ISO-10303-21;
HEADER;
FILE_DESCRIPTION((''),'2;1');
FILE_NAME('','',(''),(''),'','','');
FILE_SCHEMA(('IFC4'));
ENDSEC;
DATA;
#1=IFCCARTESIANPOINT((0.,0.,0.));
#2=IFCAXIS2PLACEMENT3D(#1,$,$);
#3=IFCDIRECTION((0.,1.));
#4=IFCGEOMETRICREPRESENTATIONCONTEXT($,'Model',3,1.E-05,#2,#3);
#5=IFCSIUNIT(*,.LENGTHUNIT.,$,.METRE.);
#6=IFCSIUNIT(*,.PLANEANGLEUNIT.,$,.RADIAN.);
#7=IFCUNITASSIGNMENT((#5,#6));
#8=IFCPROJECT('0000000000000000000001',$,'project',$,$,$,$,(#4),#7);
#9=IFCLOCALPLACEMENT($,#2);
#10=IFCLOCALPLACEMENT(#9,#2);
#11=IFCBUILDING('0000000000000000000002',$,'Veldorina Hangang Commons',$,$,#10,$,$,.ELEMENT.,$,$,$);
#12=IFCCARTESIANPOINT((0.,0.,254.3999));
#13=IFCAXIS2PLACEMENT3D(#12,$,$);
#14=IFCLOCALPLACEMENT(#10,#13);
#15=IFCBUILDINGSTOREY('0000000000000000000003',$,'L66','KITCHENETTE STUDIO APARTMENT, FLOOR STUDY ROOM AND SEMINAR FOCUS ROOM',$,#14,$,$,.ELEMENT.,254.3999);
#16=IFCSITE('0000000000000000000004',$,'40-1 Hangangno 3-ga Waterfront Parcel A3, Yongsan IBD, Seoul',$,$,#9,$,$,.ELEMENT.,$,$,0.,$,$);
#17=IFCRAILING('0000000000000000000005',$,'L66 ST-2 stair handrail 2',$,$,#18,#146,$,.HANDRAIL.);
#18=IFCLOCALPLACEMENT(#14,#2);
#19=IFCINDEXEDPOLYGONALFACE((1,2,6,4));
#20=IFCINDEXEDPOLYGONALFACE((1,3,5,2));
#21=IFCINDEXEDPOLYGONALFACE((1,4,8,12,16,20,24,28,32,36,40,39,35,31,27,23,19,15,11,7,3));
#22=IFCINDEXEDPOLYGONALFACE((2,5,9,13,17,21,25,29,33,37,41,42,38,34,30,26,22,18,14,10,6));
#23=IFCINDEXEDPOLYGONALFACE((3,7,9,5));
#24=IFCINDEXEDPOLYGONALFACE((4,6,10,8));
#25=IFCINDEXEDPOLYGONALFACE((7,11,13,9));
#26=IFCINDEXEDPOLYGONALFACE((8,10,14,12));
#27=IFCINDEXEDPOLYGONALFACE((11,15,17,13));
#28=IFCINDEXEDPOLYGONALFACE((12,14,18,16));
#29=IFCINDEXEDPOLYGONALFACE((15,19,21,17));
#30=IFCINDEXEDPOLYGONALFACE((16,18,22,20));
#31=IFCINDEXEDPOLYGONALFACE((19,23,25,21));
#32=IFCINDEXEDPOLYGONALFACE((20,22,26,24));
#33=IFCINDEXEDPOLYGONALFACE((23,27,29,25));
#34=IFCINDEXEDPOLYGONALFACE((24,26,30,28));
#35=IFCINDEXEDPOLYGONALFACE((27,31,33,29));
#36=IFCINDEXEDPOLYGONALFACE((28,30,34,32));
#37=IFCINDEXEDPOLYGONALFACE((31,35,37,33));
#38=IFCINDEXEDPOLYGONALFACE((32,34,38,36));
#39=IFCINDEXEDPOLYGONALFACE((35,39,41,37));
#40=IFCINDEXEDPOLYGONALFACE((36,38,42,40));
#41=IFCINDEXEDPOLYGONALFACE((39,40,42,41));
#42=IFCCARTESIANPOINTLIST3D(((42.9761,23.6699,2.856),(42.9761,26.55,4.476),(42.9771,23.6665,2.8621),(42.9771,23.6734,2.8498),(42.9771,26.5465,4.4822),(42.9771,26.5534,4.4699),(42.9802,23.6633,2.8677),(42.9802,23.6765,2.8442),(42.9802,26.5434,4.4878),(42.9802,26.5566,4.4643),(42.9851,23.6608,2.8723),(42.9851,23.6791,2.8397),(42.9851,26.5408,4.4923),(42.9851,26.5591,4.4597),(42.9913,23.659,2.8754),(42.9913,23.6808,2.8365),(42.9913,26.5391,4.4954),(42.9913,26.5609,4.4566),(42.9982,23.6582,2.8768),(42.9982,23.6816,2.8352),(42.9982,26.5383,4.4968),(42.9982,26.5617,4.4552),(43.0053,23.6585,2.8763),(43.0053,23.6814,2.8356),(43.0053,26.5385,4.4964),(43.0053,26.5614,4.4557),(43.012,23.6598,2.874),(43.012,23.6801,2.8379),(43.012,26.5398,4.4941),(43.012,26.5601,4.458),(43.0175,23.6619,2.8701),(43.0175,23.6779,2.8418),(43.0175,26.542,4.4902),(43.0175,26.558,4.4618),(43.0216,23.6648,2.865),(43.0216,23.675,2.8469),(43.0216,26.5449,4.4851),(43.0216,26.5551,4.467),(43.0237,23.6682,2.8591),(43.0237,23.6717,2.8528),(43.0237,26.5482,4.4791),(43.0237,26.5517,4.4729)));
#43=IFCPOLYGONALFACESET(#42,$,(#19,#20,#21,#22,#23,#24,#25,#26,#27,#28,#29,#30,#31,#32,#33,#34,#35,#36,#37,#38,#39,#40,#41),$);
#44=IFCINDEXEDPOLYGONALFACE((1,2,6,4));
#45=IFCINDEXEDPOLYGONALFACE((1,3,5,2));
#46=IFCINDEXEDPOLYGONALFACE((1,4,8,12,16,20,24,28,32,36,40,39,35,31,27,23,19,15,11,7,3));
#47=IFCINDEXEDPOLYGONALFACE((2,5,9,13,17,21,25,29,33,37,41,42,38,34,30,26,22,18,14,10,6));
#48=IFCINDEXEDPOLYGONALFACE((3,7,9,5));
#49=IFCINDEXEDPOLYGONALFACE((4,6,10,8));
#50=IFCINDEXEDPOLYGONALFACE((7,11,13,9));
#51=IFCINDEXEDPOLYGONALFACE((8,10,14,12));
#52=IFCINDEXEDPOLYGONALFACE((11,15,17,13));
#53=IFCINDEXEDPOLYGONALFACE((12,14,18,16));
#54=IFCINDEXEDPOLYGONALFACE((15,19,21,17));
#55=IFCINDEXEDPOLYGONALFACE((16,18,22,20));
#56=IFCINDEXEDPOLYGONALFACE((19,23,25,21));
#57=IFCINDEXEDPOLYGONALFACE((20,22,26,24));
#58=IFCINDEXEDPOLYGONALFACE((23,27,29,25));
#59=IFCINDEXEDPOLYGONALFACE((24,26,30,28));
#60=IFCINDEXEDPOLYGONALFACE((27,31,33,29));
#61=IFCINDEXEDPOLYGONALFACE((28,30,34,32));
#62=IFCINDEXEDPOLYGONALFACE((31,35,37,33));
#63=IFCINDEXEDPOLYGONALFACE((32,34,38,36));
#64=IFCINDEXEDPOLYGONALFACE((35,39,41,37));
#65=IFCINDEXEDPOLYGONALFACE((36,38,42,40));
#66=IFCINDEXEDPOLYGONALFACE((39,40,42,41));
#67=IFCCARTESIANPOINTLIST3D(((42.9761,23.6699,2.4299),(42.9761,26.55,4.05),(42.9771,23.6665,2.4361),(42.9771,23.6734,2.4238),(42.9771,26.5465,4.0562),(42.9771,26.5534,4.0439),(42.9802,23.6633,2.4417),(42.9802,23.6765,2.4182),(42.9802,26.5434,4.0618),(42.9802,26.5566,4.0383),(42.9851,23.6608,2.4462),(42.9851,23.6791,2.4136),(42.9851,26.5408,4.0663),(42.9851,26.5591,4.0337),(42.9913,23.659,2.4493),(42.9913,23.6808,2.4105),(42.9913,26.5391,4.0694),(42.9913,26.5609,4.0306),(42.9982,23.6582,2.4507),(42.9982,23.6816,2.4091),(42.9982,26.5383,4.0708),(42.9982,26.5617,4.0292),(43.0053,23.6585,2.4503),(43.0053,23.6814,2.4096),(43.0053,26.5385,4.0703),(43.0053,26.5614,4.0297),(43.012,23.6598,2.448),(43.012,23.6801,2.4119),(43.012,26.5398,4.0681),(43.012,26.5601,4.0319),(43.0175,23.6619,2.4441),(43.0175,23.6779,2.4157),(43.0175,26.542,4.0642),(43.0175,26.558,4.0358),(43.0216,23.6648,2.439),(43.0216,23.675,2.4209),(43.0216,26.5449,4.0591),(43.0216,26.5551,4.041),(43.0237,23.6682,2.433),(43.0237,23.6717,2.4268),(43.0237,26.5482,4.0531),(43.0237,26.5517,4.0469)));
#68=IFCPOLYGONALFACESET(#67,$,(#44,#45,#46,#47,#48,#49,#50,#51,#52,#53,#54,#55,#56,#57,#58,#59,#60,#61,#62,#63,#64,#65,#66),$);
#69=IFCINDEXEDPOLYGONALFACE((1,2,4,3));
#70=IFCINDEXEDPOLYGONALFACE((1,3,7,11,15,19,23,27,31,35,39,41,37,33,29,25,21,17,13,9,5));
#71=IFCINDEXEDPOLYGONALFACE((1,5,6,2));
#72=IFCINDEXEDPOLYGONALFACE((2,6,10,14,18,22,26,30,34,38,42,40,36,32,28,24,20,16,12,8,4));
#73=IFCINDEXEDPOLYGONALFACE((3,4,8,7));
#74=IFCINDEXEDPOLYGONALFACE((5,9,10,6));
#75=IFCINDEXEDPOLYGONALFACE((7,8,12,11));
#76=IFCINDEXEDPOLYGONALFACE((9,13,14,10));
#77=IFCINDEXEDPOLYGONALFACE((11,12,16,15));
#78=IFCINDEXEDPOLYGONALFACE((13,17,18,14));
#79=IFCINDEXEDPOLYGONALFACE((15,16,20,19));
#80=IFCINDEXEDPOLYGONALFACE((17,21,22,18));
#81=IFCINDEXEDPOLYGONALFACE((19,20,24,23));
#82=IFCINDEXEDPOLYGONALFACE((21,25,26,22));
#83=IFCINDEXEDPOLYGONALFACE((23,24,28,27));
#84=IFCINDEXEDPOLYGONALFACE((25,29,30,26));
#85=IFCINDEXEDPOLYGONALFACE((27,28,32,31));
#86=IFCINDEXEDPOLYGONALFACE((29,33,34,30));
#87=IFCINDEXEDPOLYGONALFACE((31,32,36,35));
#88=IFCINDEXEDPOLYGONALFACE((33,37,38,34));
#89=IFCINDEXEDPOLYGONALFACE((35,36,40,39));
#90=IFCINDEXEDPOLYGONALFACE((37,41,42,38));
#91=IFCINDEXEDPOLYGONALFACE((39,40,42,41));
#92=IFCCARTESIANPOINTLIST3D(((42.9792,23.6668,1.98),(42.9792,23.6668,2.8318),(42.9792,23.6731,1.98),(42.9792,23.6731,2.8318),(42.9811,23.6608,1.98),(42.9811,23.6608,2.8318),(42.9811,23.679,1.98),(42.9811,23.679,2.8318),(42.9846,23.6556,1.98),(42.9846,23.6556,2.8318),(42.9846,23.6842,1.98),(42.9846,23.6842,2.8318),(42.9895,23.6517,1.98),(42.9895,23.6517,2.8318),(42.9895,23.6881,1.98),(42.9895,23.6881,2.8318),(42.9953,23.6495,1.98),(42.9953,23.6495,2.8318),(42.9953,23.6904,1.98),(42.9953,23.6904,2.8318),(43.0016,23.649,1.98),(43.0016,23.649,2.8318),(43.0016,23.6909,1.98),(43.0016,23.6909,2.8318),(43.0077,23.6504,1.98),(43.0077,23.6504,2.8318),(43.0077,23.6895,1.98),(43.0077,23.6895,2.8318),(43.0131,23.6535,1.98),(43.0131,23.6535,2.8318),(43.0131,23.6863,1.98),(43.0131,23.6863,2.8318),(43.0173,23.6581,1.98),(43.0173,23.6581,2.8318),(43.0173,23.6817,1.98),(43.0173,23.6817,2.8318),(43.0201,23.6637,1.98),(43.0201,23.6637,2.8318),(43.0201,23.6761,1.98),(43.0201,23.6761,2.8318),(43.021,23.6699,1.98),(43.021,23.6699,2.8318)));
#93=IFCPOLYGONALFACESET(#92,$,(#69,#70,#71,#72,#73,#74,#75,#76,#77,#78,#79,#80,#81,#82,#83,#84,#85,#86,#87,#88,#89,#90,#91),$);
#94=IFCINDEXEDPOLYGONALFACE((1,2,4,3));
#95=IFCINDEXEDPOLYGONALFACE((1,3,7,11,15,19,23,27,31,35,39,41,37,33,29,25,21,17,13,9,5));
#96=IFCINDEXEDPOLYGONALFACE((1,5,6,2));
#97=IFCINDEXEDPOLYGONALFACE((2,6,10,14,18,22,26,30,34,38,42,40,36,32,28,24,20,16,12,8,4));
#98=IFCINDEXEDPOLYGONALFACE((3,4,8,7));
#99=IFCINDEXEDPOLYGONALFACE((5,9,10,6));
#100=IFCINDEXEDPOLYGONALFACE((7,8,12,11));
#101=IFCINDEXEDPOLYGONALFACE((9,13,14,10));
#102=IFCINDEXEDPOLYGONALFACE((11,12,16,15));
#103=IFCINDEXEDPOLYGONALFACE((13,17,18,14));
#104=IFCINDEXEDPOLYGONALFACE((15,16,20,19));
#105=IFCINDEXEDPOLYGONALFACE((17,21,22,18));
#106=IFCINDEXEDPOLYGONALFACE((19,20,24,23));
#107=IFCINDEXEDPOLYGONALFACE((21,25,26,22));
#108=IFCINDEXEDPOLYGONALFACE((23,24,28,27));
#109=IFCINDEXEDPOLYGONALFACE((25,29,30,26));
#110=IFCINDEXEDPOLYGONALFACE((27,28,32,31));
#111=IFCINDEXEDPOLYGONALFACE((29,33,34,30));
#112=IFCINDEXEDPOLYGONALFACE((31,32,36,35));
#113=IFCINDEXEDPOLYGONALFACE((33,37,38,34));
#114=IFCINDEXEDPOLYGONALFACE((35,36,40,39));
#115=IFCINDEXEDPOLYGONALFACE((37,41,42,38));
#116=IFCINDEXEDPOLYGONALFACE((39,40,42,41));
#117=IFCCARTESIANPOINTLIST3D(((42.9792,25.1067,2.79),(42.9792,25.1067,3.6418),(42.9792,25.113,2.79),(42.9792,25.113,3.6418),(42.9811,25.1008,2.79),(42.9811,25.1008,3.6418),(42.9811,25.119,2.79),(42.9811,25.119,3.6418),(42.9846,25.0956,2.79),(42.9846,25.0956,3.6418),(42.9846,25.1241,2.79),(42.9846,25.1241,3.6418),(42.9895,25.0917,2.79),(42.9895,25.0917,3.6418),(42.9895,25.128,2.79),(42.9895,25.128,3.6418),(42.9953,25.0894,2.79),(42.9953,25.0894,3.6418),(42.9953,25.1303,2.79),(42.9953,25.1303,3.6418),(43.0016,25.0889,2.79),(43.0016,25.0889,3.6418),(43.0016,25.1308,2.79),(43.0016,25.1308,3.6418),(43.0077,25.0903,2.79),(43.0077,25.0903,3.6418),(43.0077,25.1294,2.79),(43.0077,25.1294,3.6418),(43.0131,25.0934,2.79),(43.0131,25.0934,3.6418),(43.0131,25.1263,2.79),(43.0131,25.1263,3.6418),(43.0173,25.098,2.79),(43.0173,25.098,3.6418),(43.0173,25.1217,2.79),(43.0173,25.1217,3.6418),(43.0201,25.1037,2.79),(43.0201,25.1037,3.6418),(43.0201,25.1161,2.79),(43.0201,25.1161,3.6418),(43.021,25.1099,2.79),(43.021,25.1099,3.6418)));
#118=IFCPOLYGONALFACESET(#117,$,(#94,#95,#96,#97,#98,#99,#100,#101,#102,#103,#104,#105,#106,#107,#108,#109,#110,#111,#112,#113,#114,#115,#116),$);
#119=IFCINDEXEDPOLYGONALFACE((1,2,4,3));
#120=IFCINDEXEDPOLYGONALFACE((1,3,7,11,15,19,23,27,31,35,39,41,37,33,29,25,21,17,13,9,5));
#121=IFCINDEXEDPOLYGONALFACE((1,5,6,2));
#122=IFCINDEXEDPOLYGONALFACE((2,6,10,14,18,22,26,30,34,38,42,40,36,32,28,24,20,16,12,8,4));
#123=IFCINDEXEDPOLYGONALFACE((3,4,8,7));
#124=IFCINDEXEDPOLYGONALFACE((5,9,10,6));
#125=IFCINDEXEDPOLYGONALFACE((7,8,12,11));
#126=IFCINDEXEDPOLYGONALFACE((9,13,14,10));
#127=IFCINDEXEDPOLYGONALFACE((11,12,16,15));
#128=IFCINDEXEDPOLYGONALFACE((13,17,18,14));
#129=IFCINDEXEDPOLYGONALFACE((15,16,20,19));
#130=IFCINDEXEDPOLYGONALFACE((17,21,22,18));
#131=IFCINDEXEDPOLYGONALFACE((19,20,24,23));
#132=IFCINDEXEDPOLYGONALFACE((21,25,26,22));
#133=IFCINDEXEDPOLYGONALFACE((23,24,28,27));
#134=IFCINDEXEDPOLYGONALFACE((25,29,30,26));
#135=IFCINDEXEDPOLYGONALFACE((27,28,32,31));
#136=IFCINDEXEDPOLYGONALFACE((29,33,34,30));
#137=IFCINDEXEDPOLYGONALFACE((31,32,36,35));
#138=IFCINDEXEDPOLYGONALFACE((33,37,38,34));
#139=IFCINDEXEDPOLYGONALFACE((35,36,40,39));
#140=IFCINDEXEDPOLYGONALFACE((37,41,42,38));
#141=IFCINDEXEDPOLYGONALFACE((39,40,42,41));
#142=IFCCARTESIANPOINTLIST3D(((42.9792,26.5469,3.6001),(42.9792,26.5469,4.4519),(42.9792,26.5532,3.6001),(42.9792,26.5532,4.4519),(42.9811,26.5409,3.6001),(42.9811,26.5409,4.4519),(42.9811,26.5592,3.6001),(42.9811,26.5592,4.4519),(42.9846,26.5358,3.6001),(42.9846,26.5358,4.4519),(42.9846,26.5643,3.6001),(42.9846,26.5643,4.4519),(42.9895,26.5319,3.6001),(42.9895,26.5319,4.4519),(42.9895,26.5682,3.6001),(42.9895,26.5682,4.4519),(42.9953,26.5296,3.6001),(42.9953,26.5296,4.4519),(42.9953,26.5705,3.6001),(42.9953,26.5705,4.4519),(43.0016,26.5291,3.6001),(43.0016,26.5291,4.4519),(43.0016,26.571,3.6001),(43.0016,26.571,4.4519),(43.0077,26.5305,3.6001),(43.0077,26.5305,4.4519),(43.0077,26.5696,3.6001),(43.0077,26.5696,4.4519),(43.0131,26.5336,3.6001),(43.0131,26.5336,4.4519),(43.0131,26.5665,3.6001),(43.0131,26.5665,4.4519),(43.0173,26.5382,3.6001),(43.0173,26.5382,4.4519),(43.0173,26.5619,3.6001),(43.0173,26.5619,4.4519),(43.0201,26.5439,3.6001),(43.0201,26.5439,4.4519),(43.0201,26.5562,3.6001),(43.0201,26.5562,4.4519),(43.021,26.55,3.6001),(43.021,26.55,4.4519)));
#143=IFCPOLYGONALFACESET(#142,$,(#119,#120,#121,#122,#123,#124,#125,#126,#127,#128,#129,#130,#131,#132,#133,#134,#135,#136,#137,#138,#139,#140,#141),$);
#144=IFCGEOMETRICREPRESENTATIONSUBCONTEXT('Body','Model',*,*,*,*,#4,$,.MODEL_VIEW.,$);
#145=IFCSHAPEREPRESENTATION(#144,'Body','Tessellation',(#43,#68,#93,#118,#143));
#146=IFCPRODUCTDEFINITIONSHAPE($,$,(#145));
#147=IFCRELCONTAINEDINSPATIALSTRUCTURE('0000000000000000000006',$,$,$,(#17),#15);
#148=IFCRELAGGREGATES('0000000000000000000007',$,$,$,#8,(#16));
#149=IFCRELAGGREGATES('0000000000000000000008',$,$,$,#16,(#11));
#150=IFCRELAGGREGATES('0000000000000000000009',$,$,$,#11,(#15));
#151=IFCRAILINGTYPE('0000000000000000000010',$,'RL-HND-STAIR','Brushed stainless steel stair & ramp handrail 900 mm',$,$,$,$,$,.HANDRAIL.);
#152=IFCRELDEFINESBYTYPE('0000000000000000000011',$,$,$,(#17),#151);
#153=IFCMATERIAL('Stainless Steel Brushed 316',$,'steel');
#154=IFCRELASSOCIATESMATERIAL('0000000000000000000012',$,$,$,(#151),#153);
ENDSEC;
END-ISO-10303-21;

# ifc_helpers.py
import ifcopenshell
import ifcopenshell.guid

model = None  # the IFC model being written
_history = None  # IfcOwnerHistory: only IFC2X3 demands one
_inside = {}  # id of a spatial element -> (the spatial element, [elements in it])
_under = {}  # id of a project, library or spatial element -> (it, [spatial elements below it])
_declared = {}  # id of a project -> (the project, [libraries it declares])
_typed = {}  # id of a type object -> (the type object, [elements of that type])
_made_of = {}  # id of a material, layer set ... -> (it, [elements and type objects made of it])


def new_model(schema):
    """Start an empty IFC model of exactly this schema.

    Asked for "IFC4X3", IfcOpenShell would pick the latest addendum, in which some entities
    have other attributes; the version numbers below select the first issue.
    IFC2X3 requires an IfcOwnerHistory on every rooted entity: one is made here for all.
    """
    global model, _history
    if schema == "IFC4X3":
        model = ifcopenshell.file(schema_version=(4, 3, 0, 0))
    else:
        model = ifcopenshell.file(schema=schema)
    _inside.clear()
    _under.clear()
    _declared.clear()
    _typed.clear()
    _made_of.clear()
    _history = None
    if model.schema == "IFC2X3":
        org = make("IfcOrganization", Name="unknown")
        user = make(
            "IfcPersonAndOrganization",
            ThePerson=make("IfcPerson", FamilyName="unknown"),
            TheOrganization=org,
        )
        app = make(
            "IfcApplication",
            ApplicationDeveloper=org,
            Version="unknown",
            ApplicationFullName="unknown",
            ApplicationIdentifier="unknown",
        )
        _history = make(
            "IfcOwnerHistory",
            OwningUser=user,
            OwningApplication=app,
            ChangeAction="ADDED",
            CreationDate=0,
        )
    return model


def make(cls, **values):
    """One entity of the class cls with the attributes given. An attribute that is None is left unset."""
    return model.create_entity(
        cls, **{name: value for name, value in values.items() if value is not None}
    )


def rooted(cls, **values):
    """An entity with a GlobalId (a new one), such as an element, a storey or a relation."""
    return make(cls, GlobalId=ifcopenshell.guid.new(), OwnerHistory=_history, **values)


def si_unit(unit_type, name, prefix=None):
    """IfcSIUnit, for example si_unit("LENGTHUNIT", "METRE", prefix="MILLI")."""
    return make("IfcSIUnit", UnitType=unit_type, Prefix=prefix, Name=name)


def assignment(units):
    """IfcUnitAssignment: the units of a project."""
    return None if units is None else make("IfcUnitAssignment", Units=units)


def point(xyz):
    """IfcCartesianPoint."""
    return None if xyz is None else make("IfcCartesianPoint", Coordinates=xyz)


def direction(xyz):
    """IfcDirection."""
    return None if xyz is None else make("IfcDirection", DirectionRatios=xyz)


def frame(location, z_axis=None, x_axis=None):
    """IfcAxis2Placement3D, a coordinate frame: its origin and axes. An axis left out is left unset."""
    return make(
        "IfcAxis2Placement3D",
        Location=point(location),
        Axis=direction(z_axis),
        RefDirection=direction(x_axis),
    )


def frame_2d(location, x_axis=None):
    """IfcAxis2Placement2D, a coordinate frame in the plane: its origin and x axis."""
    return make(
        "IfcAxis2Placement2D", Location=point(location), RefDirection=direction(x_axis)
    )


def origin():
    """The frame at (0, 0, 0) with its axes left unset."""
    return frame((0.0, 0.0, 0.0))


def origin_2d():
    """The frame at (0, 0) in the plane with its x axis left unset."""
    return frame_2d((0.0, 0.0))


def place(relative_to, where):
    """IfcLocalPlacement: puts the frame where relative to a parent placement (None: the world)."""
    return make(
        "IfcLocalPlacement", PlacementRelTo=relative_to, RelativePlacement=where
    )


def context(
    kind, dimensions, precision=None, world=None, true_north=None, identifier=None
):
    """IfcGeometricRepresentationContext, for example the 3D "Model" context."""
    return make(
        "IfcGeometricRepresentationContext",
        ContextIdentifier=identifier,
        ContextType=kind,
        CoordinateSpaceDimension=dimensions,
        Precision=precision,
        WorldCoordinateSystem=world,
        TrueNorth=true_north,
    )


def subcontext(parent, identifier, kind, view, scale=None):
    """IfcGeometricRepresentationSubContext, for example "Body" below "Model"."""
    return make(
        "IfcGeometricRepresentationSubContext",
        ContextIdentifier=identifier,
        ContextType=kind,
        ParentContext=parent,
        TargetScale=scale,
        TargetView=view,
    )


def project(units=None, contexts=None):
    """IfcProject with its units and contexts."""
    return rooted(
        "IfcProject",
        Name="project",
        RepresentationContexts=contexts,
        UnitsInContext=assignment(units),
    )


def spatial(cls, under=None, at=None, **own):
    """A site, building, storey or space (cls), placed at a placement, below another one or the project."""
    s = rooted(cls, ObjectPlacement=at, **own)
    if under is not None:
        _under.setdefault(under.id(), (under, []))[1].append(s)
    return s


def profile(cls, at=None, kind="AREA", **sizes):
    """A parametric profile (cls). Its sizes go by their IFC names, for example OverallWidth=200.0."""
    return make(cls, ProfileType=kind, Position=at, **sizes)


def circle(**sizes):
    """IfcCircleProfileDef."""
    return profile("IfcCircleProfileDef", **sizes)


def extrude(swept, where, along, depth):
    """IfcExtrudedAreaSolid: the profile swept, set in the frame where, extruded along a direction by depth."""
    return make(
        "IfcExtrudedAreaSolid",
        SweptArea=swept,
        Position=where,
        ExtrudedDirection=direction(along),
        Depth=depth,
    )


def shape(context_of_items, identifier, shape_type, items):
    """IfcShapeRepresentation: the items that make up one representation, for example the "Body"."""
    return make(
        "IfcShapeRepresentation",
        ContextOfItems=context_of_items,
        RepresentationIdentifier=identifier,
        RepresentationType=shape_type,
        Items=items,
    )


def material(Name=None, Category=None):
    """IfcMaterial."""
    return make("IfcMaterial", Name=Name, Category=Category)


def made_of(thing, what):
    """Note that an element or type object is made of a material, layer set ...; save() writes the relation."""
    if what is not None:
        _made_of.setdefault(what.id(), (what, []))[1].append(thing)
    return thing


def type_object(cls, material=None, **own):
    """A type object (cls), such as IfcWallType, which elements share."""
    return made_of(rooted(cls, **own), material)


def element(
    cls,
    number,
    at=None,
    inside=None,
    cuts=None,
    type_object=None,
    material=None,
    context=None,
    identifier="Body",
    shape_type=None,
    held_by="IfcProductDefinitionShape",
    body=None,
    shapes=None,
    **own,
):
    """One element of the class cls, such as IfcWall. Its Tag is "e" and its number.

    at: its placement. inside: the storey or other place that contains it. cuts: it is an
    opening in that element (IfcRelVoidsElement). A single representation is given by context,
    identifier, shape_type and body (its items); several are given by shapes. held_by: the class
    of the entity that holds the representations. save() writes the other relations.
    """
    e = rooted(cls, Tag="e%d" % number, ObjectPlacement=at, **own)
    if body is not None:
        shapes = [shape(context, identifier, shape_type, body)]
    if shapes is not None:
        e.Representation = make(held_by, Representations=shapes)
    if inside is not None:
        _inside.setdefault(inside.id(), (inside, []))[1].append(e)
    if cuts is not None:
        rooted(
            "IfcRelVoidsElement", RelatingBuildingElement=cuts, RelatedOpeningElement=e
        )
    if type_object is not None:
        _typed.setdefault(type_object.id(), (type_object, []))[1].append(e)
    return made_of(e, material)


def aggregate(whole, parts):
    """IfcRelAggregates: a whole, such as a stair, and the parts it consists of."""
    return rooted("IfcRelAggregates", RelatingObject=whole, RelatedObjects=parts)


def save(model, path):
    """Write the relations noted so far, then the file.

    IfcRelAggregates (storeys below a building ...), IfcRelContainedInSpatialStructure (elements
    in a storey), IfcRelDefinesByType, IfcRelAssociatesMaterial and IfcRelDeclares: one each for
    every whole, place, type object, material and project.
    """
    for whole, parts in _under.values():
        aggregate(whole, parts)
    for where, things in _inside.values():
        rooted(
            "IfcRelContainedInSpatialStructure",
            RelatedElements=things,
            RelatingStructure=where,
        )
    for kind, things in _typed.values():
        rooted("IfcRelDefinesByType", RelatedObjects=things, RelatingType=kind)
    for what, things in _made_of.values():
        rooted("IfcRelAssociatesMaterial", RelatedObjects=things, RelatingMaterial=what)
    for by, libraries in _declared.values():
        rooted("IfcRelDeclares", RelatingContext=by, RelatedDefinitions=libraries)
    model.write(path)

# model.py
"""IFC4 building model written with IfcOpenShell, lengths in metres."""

from ifc_helpers import new_model, si_unit, direction, frame, origin, origin_2d, place, context, subcontext, project, spatial, circle, extrude, material, type_object, element, save


model = new_model("IFC4")

# Units and contexts
model_context = context("Model", 3, precision=1e-05, world=origin(), true_north=direction((0.0, 1.0)))
body_context = subcontext(model_context, "Body", "Model", "MODEL_VIEW")
ifc_project = project(units=[si_unit("LENGTHUNIT", "METRE"), si_unit("PLANEANGLEUNIT", "RADIAN")], contexts=[model_context])

# Site, building, storey
site_placement = place(None, origin())
site = spatial("IfcSite", under=ifc_project, at=site_placement, Name="40-1 Hangangno 3-ga Waterfront Parcel A3, Yongsan IBD, Seoul", CompositionType="ELEMENT", RefElevation=0.0)
building_placement = place(site_placement, origin())
building = spatial("IfcBuilding", under=site, at=building_placement, Name="Veldorina Hangang Commons", CompositionType="ELEMENT")
storey_placement = place(building_placement, frame((0.0, 0.0, 254.3999)))
storey = spatial("IfcBuildingStorey", under=building, at=storey_placement, Name="L66", Description="KITCHENETTE STUDIO APARTMENT, FLOOR STUDY ROOM AND SEMINAR FOCUS ROOM", CompositionType="ELEMENT", Elevation=254.3999)

# Railing
ifc_material_1 = material(Name="Stainless Steel Brushed 316", Category="steel")
railing_type_1 = type_object("IfcRailingType", Name="RL-HND-STAIR", Description="Brushed stainless steel stair & ramp handrail 900 mm", PredefinedType="HANDRAIL", material=ifc_material_1)
railing_1_placement = place(storey_placement, frame((43.0, 23.6699, 1.98)))
element("IfcRailing", 1, at=railing_1_placement, inside=storey, type_object=railing_type_1, Name="L66 ST-2 stair handrail 2", PredefinedType="HANDRAIL", context=body_context, shape_type="SweptSolid", body=[
    extrude(circle(Radius=0.0239, at=origin_2d()), frame((0.0, 0.0, 0.876), z_axis=(0.0, 0.87157, 0.490272), x_axis=(-1.0, 0.0, 0.0)), (0.0, 0.0, 1.0), 3.3044),
    extrude(circle(Radius=0.0239, at=origin_2d()), frame((0.0, 0.0, 0.45), z_axis=(0.0, 0.87157, 0.490272), x_axis=(-1.0, 0.0, 0.0)), (0.0, 0.0, 1.0), 3.3044),
    extrude(circle(Radius=0.021, at=origin_2d()), origin(), (0.0, 0.0, 1.0), 0.8518),
    extrude(circle(Radius=0.021, at=origin_2d()), frame((0.0, 1.4399, 0.8101)), (0.0, 0.0, 1.0), 0.8518),
    extrude(circle(Radius=0.021, at=origin_2d()), frame((0.0, 2.8801, 1.6201)), (0.0, 0.0, 1.0), 0.8518),
])

save(model, "model.ifc")
